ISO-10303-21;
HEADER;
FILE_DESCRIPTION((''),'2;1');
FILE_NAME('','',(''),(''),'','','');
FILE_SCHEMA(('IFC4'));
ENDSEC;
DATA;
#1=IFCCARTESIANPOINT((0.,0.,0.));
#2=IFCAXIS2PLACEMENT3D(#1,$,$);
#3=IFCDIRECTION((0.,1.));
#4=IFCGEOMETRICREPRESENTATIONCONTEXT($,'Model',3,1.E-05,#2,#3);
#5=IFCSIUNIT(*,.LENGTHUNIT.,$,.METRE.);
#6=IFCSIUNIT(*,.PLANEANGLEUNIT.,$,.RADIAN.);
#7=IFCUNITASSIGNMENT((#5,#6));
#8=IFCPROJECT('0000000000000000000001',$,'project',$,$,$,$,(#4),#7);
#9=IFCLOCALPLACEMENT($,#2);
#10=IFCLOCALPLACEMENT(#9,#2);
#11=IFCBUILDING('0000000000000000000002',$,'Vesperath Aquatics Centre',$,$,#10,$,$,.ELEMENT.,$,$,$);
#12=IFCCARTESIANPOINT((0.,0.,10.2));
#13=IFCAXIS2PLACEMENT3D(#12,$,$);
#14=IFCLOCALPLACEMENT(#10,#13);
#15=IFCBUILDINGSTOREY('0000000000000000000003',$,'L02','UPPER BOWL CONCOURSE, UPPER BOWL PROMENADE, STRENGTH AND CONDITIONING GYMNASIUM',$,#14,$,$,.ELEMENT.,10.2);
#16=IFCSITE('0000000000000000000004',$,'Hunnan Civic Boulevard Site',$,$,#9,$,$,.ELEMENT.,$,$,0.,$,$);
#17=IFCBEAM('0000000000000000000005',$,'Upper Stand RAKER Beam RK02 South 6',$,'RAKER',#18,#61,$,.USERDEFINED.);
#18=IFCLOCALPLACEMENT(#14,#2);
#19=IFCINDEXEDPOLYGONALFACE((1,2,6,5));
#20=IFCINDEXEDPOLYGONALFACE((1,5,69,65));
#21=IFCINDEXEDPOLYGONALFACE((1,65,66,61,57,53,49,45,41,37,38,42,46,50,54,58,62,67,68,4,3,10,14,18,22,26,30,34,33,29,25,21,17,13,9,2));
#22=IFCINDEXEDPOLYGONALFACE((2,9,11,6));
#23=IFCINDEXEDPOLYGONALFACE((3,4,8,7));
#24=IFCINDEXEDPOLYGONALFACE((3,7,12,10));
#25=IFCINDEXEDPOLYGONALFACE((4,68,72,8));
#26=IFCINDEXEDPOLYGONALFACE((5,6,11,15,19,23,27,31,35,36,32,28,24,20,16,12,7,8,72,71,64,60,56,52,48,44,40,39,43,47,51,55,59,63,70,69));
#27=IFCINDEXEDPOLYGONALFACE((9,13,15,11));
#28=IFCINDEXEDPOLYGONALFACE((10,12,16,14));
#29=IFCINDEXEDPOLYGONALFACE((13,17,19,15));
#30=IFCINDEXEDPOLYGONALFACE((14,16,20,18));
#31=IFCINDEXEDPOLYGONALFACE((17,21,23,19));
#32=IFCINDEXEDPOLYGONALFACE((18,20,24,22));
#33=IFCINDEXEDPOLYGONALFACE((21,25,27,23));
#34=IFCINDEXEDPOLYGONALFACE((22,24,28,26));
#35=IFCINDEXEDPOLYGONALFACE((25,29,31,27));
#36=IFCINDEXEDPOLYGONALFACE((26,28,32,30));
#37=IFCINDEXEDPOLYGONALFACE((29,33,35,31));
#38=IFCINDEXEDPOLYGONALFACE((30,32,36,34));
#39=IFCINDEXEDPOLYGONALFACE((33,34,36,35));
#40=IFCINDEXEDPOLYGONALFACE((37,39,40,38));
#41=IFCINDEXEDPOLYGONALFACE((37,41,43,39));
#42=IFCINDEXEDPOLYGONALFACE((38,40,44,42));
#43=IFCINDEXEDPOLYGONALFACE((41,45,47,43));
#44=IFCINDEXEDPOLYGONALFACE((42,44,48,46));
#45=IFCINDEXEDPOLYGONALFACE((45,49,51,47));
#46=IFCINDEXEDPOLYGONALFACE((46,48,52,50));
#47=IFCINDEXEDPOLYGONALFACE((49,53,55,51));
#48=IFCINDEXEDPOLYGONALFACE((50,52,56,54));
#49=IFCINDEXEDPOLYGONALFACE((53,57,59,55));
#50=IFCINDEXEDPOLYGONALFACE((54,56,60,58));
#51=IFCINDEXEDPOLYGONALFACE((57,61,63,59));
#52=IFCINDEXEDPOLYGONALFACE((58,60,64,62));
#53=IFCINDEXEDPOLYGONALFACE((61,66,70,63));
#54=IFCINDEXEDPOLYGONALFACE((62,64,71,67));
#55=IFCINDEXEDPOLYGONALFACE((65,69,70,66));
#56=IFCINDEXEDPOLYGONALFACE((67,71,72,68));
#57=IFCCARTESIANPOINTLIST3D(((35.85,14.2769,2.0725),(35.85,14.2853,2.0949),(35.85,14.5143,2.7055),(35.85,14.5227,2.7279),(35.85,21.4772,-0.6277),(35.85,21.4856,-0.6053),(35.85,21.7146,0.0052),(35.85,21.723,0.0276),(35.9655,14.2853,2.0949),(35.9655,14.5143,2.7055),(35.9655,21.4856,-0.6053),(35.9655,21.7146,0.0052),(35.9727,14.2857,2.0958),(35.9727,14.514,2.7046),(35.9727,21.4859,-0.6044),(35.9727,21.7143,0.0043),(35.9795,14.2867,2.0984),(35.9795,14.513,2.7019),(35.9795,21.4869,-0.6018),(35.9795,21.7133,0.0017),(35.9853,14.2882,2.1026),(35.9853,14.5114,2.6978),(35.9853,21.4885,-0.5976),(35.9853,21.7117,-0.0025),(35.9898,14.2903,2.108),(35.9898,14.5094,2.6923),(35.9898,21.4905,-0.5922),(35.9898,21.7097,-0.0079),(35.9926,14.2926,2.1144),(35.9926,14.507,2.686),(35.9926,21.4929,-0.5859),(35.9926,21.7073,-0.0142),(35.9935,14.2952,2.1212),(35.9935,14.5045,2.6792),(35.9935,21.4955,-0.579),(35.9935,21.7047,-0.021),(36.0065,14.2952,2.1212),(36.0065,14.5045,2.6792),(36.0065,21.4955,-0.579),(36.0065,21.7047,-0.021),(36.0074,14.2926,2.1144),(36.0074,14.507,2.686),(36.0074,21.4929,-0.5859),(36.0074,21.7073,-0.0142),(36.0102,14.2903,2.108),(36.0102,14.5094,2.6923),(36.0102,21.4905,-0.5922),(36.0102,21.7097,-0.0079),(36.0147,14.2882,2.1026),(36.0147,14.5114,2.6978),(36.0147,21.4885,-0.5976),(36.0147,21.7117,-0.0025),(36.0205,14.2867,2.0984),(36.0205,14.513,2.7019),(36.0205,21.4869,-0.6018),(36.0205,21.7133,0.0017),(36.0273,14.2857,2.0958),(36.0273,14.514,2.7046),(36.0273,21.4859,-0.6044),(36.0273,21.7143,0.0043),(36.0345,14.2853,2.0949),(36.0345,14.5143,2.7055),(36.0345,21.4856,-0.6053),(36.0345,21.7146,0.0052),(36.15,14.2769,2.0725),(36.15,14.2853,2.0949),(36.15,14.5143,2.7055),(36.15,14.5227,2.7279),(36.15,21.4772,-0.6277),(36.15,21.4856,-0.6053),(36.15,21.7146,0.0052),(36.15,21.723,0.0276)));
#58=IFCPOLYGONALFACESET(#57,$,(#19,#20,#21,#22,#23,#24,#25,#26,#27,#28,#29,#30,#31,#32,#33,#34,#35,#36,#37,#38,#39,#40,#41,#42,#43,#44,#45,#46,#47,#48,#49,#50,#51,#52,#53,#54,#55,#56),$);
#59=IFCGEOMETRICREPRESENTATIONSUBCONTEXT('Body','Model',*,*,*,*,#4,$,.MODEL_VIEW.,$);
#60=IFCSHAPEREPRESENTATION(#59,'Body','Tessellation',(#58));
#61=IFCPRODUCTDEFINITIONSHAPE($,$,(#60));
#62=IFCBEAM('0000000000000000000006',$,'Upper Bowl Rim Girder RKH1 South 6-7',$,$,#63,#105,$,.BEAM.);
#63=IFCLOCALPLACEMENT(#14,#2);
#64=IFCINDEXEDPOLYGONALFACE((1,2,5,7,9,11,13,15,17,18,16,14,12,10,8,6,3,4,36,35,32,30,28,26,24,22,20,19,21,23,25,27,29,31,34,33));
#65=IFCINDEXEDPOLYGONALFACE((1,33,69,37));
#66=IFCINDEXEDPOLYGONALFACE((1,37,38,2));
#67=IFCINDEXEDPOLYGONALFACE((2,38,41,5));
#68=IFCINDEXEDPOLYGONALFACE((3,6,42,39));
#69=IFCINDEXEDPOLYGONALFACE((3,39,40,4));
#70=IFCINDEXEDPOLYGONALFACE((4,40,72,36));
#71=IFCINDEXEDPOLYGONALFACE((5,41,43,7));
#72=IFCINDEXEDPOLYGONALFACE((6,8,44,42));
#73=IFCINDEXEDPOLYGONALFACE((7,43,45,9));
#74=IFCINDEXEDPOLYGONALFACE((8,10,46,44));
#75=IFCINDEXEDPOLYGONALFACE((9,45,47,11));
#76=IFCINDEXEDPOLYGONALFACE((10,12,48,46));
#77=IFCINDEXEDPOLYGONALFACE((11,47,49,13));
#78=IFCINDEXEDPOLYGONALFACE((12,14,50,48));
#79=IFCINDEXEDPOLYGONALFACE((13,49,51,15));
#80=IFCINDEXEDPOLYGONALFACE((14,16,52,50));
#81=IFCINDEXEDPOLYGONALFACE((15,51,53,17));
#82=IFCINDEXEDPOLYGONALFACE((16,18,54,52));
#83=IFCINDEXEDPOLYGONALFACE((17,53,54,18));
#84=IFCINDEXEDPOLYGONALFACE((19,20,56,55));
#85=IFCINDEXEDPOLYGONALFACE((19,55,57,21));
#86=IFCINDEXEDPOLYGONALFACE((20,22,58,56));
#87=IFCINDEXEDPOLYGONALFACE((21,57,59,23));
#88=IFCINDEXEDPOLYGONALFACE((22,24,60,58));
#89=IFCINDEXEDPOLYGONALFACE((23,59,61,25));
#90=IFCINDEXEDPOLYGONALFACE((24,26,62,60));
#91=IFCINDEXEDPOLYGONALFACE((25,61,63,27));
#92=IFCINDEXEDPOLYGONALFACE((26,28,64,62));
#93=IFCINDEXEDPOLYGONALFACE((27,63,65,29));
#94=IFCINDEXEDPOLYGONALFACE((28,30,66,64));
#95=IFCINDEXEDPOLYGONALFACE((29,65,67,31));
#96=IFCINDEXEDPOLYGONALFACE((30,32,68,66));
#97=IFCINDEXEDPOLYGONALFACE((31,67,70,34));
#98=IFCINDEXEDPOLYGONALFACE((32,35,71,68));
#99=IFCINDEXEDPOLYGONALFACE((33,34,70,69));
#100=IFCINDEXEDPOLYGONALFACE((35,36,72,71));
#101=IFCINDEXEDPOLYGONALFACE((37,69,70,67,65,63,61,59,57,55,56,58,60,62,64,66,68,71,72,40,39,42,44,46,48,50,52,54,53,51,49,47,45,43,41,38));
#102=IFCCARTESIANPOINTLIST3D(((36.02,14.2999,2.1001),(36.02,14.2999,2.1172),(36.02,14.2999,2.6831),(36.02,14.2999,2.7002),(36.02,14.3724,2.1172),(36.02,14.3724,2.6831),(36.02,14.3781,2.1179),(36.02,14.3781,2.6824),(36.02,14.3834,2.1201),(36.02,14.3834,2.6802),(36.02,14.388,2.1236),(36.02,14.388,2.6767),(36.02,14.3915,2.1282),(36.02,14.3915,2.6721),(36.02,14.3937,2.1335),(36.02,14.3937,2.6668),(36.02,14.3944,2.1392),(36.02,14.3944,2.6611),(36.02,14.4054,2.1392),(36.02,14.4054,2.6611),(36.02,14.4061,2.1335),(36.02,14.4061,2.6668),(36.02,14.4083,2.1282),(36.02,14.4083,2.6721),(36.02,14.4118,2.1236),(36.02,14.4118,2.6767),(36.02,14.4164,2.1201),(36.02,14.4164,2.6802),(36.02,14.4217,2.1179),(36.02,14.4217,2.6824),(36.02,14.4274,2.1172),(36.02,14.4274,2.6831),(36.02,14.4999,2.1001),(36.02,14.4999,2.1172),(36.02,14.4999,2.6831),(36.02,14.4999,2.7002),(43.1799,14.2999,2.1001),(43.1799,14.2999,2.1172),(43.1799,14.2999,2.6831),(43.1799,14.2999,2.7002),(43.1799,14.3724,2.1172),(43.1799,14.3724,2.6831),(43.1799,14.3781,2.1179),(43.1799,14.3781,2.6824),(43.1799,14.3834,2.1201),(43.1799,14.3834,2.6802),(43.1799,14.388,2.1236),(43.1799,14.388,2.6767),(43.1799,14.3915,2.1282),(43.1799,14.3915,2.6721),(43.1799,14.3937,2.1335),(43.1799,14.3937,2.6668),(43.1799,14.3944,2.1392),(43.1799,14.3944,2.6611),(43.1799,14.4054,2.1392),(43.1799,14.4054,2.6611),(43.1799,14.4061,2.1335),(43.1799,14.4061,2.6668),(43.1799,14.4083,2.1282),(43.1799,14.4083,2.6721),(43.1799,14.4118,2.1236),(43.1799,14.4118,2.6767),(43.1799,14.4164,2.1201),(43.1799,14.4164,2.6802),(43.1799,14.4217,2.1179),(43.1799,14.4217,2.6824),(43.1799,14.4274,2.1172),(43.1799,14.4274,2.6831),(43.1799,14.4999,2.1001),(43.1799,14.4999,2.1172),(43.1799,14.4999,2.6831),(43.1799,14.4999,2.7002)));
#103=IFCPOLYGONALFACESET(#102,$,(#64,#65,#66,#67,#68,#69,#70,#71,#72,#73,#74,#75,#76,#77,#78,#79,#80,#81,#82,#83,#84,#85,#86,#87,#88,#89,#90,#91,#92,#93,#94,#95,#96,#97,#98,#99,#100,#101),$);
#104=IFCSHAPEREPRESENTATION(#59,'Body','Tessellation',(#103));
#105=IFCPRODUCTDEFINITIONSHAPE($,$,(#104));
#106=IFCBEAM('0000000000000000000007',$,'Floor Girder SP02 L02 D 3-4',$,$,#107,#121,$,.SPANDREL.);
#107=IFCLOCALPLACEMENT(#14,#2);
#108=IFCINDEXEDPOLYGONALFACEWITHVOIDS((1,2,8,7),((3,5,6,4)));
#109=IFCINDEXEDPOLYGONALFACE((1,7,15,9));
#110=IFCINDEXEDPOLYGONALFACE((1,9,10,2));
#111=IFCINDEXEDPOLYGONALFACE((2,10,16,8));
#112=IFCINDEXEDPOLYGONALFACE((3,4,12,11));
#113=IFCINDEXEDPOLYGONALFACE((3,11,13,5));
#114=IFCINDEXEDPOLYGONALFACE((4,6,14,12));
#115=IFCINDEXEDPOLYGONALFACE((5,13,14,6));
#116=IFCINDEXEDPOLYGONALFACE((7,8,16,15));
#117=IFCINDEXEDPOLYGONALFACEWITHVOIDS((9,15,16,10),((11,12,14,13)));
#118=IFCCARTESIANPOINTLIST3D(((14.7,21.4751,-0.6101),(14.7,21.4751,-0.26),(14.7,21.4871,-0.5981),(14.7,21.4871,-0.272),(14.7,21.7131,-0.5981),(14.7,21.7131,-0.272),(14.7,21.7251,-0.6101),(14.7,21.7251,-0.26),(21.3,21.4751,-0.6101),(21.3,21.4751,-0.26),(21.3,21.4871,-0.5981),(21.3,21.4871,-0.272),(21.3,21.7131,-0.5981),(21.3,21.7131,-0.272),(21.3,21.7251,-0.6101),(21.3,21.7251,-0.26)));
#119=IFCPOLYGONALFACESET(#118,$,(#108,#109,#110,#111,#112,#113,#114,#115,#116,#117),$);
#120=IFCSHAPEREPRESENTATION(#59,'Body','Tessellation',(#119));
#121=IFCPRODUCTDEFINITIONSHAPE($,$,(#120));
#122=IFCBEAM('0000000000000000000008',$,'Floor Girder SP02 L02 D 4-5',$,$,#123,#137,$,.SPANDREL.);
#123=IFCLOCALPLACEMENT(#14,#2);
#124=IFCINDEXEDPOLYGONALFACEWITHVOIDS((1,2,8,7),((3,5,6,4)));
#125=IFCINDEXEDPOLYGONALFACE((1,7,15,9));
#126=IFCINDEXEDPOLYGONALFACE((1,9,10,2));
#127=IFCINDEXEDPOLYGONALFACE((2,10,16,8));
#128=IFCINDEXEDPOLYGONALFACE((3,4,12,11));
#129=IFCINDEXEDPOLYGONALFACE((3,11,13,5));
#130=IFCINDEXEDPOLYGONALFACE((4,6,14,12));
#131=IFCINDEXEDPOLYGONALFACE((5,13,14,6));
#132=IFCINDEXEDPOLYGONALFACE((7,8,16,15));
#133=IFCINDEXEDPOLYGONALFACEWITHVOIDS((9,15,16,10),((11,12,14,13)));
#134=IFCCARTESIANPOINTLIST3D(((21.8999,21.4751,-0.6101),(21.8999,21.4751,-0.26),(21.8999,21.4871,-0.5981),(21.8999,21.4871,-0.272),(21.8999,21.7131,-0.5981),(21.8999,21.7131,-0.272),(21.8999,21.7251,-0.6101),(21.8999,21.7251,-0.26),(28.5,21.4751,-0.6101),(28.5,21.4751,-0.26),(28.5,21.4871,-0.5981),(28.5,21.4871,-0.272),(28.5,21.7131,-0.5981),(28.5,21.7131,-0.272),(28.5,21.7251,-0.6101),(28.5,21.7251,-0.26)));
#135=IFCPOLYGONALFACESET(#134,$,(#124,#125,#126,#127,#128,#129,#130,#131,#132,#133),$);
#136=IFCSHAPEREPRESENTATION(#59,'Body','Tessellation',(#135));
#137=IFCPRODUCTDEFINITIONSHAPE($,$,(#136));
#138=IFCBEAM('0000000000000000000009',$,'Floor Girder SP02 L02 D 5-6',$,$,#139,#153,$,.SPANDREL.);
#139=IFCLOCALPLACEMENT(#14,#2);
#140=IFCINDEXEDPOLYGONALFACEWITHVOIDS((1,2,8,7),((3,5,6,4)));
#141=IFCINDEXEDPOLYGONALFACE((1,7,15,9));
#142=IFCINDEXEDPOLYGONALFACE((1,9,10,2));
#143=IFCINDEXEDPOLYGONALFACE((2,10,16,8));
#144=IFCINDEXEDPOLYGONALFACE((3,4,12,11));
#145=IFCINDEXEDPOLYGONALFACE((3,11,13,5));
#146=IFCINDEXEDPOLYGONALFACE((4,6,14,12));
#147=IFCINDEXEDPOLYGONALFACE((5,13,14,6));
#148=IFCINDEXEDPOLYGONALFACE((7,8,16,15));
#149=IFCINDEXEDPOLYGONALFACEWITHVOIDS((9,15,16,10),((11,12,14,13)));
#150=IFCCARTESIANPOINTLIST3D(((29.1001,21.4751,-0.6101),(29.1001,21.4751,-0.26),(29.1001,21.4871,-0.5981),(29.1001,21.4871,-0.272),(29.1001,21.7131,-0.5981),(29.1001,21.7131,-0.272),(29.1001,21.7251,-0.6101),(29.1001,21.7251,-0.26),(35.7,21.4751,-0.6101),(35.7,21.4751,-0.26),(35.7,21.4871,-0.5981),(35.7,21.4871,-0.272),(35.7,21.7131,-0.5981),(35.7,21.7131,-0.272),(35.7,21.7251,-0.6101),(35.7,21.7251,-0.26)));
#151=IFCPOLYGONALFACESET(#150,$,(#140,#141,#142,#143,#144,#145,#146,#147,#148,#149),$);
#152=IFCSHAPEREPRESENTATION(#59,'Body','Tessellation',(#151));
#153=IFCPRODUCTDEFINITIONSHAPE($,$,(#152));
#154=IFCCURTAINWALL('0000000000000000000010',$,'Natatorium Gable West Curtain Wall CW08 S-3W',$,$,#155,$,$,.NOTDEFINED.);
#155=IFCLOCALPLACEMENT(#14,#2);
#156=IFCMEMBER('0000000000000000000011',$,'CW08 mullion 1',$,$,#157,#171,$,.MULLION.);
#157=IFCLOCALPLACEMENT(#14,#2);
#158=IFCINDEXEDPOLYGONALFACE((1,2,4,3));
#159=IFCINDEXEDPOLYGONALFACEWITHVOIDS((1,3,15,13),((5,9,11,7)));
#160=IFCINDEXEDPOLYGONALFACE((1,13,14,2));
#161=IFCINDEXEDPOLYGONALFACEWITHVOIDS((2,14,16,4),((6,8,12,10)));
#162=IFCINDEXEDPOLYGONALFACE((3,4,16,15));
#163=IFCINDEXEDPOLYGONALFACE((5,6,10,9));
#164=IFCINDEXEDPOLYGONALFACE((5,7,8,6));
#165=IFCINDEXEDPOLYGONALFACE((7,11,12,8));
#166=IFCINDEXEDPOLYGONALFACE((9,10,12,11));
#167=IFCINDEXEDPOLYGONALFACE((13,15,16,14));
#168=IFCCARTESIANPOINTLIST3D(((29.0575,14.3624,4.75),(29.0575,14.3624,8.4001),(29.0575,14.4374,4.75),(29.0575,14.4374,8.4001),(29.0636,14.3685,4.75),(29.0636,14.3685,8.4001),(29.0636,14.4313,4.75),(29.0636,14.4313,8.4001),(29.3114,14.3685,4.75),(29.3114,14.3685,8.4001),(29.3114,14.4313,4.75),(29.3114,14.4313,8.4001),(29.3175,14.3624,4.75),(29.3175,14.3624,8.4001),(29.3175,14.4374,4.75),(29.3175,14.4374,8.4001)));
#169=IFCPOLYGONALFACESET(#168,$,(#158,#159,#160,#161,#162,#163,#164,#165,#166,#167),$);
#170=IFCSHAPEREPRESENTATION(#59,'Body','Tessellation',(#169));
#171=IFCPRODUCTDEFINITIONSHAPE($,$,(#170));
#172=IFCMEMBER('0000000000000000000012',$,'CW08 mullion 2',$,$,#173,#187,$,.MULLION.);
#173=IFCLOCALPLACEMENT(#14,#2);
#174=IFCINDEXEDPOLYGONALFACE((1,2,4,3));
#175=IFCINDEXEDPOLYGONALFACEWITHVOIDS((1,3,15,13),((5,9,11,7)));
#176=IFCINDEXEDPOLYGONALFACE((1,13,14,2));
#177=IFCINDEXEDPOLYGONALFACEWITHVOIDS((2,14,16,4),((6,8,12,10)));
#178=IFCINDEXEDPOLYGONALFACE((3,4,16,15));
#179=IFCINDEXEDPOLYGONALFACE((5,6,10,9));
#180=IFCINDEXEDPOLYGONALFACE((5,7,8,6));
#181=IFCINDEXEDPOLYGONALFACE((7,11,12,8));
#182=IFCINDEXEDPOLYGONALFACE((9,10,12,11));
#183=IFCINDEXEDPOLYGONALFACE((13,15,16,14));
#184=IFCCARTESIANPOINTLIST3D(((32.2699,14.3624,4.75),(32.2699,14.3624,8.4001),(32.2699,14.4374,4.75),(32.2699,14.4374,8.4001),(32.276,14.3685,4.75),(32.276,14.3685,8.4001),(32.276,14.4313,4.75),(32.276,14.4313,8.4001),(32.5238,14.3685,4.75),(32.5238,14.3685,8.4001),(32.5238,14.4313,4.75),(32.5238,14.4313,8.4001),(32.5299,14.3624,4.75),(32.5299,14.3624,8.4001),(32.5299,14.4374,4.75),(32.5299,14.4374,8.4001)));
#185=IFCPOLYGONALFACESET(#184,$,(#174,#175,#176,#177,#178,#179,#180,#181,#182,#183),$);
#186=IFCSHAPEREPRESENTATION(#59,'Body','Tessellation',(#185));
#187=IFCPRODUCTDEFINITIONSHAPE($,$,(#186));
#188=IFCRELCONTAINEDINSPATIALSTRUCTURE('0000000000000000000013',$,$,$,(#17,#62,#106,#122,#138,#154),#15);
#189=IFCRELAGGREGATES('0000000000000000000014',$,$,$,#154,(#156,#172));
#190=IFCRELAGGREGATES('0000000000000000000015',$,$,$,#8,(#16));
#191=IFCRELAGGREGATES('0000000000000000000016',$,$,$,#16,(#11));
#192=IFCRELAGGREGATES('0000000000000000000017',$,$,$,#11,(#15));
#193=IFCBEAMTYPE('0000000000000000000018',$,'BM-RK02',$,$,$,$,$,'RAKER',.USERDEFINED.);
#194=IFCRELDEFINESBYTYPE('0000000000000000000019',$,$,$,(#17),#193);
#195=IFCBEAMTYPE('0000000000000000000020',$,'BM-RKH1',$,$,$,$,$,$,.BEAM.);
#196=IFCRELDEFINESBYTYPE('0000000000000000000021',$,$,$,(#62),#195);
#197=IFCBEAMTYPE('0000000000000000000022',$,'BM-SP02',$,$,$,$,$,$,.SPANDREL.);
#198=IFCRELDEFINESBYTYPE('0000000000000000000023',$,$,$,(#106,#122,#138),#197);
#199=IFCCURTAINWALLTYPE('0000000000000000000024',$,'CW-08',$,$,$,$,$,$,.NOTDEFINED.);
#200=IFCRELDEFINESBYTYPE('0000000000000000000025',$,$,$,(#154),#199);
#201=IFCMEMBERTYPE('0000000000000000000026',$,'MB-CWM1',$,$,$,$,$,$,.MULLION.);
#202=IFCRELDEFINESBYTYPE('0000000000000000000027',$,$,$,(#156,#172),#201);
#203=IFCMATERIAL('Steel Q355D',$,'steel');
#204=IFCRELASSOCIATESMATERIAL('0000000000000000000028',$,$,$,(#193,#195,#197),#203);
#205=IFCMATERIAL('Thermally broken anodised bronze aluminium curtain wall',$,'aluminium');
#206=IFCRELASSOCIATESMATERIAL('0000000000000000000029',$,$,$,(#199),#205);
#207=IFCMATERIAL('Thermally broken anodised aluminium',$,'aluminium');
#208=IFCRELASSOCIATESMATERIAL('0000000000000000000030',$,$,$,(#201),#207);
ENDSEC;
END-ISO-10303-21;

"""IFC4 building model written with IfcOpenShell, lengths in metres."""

from ifc_helpers import new_model, si_unit, direction, frame, origin, origin_2d, place, context, subcontext, project, spatial, hollow_rectangle, i_section, extrude, material, material_profile, profile_set, type_object, element, aggregate, save


model = new_model("IFC4")

# Units and contexts
model_context = context("Model", 3, precision=1e-05, world=origin(), true_north=direction((0.0, 1.0)))
body_context = subcontext(model_context, "Body", "Model", "MODEL_VIEW")
ifc_project = project(units=[si_unit("LENGTHUNIT", "METRE"), si_unit("PLANEANGLEUNIT", "RADIAN")], contexts=[model_context])

# Site, building, storey
site_placement = place(None, origin())
site = spatial("IfcSite", under=ifc_project, at=site_placement, Name="Hunnan Civic Boulevard Site", CompositionType="ELEMENT", RefElevation=0.0)
building_placement = place(site_placement, origin())
building = spatial("IfcBuilding", under=site, at=building_placement, Name="Vesperath Aquatics Centre", CompositionType="ELEMENT")
storey_placement = place(building_placement, frame((0.0, 0.0, 10.2)))
storey = spatial("IfcBuildingStorey", under=building, at=storey_placement, Name="L02", Description="UPPER BOWL CONCOURSE, UPPER BOWL PROMENADE, STRENGTH AND CONDITIONING GYMNASIUM", CompositionType="ELEMENT", Elevation=10.2)

# Shared definitions
ifc_material_1 = material(Name="Steel Q355D", Category="steel")

# Beams
ifc_material_profile_1 = material_profile(ifc_material_1, i_section(OverallWidth=0.3, OverallDepth=0.7, WebThickness=0.0129, FlangeThickness=0.0239, FilletRadius=0.0281, at=origin_2d()), Name="HN 700x300x13x24")
ifc_profile_set_1 = profile_set([ifc_material_profile_1], Name="Steel Q355D")
beam_type_1 = type_object("IfcBeamType", Name="BM-RK02", ElementType="RAKER", PredefinedType="USERDEFINED", material=ifc_profile_set_1)
for number, where, z_axis, x_axis, name in (
    (1, (36.0, 21.6001, -0.3), (0.0, -0.936324, 0.351137), (1.0, 0.0, 0.0), "Upper Stand RAKER Beam RK02 South 6"),
):
    element("IfcBeam", number, at=place(storey_placement, frame(where, z_axis=z_axis, x_axis=x_axis)), inside=storey, type_object=beam_type_1, Name=name, ObjectType="RAKER", PredefinedType="USERDEFINED", context=body_context, shape_type="SweptSolid", body=[
        extrude(i_section(OverallWidth=0.3, OverallDepth=0.7, WebThickness=0.0129, FlangeThickness=0.0239, FilletRadius=0.0281, at=origin_2d()), origin(), (0.0, 0.0, 1.0), 7.6899),
    ])
ifc_material_profile_2 = material_profile(ifc_material_1, i_section(OverallWidth=0.2, OverallDepth=0.6001, WebThickness=0.011, FlangeThickness=0.0171, FilletRadius=0.022, at=origin_2d()), Name="HN 600x200x11x17")
ifc_profile_set_2 = profile_set([ifc_material_profile_2], Name="Steel Q355D")
beam_type_2 = type_object("IfcBeamType", Name="BM-RKH1", PredefinedType="BEAM", material=ifc_profile_set_2)
beam_1_placement = place(storey_placement, frame((36.02, 14.3999, 2.4001), z_axis=(1.0, 0.0, 0.0), x_axis=(0.0, 1.0, 0.0)))
element("IfcBeam", 2, at=beam_1_placement, inside=storey, type_object=beam_type_2, Name="Upper Bowl Rim Girder RKH1 South 6-7", PredefinedType="BEAM", context=body_context, shape_type="SweptSolid", body=[
    extrude(i_section(OverallWidth=0.2, OverallDepth=0.6001, WebThickness=0.011, FlangeThickness=0.0171, FilletRadius=0.022, at=origin_2d()), origin(), (0.0, 0.0, 1.0), 7.1599),
])
ifc_material_profile_3 = material_profile(ifc_material_1, hollow_rectangle(XDim=0.25, YDim=0.3501, WallThickness=0.012, at=origin_2d()), Name="RHS 350x250x12")
ifc_profile_set_3 = profile_set([ifc_material_profile_3], Name="Steel Q355D")
beam_type_3 = type_object("IfcBeamType", Name="BM-SP02", PredefinedType="SPANDREL", material=ifc_profile_set_3)
for number, where, z_axis, x_axis, name in (
    (3, (14.7, 21.6001, -0.4351), (1.0, 0.0, 0.0), (0.0, 1.0, 0.0), "Floor Girder SP02 L02 D 3-4"),
    (4, (21.8999, 21.6001, -0.4351), (1.0, 0.0, 0.0), (0.0, 1.0, 0.0), "Floor Girder SP02 L02 D 4-5"),
):
    element("IfcBeam", number, at=place(storey_placement, frame(where, z_axis=z_axis, x_axis=x_axis)), inside=storey, type_object=beam_type_3, Name=name, PredefinedType="SPANDREL", context=body_context, shape_type="SweptSolid", body=[
        extrude(hollow_rectangle(XDim=0.25, YDim=0.3501, WallThickness=0.012, at=origin_2d()), origin(), (0.0, 0.0, 1.0), 6.6001),
    ])
beam_2_placement = place(storey_placement, frame((29.1001, 21.6001, -0.4351), z_axis=(1.0, 0.0, 0.0), x_axis=(0.0, 1.0, 0.0)))
element("IfcBeam", 5, at=beam_2_placement, inside=storey, type_object=beam_type_3, Name="Floor Girder SP02 L02 D 5-6", PredefinedType="SPANDREL", context=body_context, shape_type="SweptSolid", body=[
    extrude(hollow_rectangle(XDim=0.25, YDim=0.3501, WallThickness=0.012, at=origin_2d()), origin(), (0.0, 0.0, 1.0), 6.5999),
])

# Curtain wall, members
ifc_material_2 = material(Name="Thermally broken anodised bronze aluminium curtain wall", Category="aluminium")
curtain_wall_type_1 = type_object("IfcCurtainWallType", Name="CW-08", PredefinedType="NOTDEFINED", material=ifc_material_2)
curtain_wall_1_placement = place(storey_placement, origin())
curtain_wall_1 = element("IfcCurtainWall", 6, at=curtain_wall_1_placement, inside=storey, type_object=curtain_wall_type_1, Name="Natatorium Gable West Curtain Wall CW08 S-3W", PredefinedType="NOTDEFINED")
ifc_material_3 = material(Name="Thermally broken anodised aluminium", Category="aluminium")
ifc_material_profile_4 = material_profile(ifc_material_3, hollow_rectangle(XDim=0.075, YDim=0.26, WallThickness=0.0061, at=origin_2d()), Name="CWM 75x260x6")
ifc_profile_set_4 = profile_set([ifc_material_profile_4], Name="Thermally broken anodised aluminium")
member_type_1 = type_object("IfcMemberType", Name="MB-CWM1", PredefinedType="MULLION", material=ifc_profile_set_4)
member_1_placement = place(storey_placement, frame((29.1875, 14.3999, 4.75), z_axis=(0.0, 0.0, 1.0), x_axis=(0.0, 1.0, 0.0)))
member_1 = element("IfcMember", 7, at=member_1_placement, type_object=member_type_1, Name="CW08 mullion 1", PredefinedType="MULLION", context=body_context, shape_type="SweptSolid", body=[
    extrude(hollow_rectangle(XDim=0.075, YDim=0.26, WallThickness=0.0061, at=origin_2d()), origin(), (0.0, 0.0, 1.0), 3.6501),
])
member_2_placement = place(storey_placement, frame((32.3999, 14.3999, 4.75), z_axis=(0.0, 0.0, 1.0), x_axis=(0.0, 1.0, 0.0)))
member_2 = element("IfcMember", 8, at=member_2_placement, type_object=member_type_1, Name="CW08 mullion 2", PredefinedType="MULLION", context=body_context, shape_type="SweptSolid", body=[
    extrude(hollow_rectangle(XDim=0.075, YDim=0.26, WallThickness=0.0061, at=origin_2d()), origin(), (0.0, 0.0, 1.0), 3.6501),
])

aggregate(curtain_wall_1, [member_1, member_2])

save(model, "model.ifc")
